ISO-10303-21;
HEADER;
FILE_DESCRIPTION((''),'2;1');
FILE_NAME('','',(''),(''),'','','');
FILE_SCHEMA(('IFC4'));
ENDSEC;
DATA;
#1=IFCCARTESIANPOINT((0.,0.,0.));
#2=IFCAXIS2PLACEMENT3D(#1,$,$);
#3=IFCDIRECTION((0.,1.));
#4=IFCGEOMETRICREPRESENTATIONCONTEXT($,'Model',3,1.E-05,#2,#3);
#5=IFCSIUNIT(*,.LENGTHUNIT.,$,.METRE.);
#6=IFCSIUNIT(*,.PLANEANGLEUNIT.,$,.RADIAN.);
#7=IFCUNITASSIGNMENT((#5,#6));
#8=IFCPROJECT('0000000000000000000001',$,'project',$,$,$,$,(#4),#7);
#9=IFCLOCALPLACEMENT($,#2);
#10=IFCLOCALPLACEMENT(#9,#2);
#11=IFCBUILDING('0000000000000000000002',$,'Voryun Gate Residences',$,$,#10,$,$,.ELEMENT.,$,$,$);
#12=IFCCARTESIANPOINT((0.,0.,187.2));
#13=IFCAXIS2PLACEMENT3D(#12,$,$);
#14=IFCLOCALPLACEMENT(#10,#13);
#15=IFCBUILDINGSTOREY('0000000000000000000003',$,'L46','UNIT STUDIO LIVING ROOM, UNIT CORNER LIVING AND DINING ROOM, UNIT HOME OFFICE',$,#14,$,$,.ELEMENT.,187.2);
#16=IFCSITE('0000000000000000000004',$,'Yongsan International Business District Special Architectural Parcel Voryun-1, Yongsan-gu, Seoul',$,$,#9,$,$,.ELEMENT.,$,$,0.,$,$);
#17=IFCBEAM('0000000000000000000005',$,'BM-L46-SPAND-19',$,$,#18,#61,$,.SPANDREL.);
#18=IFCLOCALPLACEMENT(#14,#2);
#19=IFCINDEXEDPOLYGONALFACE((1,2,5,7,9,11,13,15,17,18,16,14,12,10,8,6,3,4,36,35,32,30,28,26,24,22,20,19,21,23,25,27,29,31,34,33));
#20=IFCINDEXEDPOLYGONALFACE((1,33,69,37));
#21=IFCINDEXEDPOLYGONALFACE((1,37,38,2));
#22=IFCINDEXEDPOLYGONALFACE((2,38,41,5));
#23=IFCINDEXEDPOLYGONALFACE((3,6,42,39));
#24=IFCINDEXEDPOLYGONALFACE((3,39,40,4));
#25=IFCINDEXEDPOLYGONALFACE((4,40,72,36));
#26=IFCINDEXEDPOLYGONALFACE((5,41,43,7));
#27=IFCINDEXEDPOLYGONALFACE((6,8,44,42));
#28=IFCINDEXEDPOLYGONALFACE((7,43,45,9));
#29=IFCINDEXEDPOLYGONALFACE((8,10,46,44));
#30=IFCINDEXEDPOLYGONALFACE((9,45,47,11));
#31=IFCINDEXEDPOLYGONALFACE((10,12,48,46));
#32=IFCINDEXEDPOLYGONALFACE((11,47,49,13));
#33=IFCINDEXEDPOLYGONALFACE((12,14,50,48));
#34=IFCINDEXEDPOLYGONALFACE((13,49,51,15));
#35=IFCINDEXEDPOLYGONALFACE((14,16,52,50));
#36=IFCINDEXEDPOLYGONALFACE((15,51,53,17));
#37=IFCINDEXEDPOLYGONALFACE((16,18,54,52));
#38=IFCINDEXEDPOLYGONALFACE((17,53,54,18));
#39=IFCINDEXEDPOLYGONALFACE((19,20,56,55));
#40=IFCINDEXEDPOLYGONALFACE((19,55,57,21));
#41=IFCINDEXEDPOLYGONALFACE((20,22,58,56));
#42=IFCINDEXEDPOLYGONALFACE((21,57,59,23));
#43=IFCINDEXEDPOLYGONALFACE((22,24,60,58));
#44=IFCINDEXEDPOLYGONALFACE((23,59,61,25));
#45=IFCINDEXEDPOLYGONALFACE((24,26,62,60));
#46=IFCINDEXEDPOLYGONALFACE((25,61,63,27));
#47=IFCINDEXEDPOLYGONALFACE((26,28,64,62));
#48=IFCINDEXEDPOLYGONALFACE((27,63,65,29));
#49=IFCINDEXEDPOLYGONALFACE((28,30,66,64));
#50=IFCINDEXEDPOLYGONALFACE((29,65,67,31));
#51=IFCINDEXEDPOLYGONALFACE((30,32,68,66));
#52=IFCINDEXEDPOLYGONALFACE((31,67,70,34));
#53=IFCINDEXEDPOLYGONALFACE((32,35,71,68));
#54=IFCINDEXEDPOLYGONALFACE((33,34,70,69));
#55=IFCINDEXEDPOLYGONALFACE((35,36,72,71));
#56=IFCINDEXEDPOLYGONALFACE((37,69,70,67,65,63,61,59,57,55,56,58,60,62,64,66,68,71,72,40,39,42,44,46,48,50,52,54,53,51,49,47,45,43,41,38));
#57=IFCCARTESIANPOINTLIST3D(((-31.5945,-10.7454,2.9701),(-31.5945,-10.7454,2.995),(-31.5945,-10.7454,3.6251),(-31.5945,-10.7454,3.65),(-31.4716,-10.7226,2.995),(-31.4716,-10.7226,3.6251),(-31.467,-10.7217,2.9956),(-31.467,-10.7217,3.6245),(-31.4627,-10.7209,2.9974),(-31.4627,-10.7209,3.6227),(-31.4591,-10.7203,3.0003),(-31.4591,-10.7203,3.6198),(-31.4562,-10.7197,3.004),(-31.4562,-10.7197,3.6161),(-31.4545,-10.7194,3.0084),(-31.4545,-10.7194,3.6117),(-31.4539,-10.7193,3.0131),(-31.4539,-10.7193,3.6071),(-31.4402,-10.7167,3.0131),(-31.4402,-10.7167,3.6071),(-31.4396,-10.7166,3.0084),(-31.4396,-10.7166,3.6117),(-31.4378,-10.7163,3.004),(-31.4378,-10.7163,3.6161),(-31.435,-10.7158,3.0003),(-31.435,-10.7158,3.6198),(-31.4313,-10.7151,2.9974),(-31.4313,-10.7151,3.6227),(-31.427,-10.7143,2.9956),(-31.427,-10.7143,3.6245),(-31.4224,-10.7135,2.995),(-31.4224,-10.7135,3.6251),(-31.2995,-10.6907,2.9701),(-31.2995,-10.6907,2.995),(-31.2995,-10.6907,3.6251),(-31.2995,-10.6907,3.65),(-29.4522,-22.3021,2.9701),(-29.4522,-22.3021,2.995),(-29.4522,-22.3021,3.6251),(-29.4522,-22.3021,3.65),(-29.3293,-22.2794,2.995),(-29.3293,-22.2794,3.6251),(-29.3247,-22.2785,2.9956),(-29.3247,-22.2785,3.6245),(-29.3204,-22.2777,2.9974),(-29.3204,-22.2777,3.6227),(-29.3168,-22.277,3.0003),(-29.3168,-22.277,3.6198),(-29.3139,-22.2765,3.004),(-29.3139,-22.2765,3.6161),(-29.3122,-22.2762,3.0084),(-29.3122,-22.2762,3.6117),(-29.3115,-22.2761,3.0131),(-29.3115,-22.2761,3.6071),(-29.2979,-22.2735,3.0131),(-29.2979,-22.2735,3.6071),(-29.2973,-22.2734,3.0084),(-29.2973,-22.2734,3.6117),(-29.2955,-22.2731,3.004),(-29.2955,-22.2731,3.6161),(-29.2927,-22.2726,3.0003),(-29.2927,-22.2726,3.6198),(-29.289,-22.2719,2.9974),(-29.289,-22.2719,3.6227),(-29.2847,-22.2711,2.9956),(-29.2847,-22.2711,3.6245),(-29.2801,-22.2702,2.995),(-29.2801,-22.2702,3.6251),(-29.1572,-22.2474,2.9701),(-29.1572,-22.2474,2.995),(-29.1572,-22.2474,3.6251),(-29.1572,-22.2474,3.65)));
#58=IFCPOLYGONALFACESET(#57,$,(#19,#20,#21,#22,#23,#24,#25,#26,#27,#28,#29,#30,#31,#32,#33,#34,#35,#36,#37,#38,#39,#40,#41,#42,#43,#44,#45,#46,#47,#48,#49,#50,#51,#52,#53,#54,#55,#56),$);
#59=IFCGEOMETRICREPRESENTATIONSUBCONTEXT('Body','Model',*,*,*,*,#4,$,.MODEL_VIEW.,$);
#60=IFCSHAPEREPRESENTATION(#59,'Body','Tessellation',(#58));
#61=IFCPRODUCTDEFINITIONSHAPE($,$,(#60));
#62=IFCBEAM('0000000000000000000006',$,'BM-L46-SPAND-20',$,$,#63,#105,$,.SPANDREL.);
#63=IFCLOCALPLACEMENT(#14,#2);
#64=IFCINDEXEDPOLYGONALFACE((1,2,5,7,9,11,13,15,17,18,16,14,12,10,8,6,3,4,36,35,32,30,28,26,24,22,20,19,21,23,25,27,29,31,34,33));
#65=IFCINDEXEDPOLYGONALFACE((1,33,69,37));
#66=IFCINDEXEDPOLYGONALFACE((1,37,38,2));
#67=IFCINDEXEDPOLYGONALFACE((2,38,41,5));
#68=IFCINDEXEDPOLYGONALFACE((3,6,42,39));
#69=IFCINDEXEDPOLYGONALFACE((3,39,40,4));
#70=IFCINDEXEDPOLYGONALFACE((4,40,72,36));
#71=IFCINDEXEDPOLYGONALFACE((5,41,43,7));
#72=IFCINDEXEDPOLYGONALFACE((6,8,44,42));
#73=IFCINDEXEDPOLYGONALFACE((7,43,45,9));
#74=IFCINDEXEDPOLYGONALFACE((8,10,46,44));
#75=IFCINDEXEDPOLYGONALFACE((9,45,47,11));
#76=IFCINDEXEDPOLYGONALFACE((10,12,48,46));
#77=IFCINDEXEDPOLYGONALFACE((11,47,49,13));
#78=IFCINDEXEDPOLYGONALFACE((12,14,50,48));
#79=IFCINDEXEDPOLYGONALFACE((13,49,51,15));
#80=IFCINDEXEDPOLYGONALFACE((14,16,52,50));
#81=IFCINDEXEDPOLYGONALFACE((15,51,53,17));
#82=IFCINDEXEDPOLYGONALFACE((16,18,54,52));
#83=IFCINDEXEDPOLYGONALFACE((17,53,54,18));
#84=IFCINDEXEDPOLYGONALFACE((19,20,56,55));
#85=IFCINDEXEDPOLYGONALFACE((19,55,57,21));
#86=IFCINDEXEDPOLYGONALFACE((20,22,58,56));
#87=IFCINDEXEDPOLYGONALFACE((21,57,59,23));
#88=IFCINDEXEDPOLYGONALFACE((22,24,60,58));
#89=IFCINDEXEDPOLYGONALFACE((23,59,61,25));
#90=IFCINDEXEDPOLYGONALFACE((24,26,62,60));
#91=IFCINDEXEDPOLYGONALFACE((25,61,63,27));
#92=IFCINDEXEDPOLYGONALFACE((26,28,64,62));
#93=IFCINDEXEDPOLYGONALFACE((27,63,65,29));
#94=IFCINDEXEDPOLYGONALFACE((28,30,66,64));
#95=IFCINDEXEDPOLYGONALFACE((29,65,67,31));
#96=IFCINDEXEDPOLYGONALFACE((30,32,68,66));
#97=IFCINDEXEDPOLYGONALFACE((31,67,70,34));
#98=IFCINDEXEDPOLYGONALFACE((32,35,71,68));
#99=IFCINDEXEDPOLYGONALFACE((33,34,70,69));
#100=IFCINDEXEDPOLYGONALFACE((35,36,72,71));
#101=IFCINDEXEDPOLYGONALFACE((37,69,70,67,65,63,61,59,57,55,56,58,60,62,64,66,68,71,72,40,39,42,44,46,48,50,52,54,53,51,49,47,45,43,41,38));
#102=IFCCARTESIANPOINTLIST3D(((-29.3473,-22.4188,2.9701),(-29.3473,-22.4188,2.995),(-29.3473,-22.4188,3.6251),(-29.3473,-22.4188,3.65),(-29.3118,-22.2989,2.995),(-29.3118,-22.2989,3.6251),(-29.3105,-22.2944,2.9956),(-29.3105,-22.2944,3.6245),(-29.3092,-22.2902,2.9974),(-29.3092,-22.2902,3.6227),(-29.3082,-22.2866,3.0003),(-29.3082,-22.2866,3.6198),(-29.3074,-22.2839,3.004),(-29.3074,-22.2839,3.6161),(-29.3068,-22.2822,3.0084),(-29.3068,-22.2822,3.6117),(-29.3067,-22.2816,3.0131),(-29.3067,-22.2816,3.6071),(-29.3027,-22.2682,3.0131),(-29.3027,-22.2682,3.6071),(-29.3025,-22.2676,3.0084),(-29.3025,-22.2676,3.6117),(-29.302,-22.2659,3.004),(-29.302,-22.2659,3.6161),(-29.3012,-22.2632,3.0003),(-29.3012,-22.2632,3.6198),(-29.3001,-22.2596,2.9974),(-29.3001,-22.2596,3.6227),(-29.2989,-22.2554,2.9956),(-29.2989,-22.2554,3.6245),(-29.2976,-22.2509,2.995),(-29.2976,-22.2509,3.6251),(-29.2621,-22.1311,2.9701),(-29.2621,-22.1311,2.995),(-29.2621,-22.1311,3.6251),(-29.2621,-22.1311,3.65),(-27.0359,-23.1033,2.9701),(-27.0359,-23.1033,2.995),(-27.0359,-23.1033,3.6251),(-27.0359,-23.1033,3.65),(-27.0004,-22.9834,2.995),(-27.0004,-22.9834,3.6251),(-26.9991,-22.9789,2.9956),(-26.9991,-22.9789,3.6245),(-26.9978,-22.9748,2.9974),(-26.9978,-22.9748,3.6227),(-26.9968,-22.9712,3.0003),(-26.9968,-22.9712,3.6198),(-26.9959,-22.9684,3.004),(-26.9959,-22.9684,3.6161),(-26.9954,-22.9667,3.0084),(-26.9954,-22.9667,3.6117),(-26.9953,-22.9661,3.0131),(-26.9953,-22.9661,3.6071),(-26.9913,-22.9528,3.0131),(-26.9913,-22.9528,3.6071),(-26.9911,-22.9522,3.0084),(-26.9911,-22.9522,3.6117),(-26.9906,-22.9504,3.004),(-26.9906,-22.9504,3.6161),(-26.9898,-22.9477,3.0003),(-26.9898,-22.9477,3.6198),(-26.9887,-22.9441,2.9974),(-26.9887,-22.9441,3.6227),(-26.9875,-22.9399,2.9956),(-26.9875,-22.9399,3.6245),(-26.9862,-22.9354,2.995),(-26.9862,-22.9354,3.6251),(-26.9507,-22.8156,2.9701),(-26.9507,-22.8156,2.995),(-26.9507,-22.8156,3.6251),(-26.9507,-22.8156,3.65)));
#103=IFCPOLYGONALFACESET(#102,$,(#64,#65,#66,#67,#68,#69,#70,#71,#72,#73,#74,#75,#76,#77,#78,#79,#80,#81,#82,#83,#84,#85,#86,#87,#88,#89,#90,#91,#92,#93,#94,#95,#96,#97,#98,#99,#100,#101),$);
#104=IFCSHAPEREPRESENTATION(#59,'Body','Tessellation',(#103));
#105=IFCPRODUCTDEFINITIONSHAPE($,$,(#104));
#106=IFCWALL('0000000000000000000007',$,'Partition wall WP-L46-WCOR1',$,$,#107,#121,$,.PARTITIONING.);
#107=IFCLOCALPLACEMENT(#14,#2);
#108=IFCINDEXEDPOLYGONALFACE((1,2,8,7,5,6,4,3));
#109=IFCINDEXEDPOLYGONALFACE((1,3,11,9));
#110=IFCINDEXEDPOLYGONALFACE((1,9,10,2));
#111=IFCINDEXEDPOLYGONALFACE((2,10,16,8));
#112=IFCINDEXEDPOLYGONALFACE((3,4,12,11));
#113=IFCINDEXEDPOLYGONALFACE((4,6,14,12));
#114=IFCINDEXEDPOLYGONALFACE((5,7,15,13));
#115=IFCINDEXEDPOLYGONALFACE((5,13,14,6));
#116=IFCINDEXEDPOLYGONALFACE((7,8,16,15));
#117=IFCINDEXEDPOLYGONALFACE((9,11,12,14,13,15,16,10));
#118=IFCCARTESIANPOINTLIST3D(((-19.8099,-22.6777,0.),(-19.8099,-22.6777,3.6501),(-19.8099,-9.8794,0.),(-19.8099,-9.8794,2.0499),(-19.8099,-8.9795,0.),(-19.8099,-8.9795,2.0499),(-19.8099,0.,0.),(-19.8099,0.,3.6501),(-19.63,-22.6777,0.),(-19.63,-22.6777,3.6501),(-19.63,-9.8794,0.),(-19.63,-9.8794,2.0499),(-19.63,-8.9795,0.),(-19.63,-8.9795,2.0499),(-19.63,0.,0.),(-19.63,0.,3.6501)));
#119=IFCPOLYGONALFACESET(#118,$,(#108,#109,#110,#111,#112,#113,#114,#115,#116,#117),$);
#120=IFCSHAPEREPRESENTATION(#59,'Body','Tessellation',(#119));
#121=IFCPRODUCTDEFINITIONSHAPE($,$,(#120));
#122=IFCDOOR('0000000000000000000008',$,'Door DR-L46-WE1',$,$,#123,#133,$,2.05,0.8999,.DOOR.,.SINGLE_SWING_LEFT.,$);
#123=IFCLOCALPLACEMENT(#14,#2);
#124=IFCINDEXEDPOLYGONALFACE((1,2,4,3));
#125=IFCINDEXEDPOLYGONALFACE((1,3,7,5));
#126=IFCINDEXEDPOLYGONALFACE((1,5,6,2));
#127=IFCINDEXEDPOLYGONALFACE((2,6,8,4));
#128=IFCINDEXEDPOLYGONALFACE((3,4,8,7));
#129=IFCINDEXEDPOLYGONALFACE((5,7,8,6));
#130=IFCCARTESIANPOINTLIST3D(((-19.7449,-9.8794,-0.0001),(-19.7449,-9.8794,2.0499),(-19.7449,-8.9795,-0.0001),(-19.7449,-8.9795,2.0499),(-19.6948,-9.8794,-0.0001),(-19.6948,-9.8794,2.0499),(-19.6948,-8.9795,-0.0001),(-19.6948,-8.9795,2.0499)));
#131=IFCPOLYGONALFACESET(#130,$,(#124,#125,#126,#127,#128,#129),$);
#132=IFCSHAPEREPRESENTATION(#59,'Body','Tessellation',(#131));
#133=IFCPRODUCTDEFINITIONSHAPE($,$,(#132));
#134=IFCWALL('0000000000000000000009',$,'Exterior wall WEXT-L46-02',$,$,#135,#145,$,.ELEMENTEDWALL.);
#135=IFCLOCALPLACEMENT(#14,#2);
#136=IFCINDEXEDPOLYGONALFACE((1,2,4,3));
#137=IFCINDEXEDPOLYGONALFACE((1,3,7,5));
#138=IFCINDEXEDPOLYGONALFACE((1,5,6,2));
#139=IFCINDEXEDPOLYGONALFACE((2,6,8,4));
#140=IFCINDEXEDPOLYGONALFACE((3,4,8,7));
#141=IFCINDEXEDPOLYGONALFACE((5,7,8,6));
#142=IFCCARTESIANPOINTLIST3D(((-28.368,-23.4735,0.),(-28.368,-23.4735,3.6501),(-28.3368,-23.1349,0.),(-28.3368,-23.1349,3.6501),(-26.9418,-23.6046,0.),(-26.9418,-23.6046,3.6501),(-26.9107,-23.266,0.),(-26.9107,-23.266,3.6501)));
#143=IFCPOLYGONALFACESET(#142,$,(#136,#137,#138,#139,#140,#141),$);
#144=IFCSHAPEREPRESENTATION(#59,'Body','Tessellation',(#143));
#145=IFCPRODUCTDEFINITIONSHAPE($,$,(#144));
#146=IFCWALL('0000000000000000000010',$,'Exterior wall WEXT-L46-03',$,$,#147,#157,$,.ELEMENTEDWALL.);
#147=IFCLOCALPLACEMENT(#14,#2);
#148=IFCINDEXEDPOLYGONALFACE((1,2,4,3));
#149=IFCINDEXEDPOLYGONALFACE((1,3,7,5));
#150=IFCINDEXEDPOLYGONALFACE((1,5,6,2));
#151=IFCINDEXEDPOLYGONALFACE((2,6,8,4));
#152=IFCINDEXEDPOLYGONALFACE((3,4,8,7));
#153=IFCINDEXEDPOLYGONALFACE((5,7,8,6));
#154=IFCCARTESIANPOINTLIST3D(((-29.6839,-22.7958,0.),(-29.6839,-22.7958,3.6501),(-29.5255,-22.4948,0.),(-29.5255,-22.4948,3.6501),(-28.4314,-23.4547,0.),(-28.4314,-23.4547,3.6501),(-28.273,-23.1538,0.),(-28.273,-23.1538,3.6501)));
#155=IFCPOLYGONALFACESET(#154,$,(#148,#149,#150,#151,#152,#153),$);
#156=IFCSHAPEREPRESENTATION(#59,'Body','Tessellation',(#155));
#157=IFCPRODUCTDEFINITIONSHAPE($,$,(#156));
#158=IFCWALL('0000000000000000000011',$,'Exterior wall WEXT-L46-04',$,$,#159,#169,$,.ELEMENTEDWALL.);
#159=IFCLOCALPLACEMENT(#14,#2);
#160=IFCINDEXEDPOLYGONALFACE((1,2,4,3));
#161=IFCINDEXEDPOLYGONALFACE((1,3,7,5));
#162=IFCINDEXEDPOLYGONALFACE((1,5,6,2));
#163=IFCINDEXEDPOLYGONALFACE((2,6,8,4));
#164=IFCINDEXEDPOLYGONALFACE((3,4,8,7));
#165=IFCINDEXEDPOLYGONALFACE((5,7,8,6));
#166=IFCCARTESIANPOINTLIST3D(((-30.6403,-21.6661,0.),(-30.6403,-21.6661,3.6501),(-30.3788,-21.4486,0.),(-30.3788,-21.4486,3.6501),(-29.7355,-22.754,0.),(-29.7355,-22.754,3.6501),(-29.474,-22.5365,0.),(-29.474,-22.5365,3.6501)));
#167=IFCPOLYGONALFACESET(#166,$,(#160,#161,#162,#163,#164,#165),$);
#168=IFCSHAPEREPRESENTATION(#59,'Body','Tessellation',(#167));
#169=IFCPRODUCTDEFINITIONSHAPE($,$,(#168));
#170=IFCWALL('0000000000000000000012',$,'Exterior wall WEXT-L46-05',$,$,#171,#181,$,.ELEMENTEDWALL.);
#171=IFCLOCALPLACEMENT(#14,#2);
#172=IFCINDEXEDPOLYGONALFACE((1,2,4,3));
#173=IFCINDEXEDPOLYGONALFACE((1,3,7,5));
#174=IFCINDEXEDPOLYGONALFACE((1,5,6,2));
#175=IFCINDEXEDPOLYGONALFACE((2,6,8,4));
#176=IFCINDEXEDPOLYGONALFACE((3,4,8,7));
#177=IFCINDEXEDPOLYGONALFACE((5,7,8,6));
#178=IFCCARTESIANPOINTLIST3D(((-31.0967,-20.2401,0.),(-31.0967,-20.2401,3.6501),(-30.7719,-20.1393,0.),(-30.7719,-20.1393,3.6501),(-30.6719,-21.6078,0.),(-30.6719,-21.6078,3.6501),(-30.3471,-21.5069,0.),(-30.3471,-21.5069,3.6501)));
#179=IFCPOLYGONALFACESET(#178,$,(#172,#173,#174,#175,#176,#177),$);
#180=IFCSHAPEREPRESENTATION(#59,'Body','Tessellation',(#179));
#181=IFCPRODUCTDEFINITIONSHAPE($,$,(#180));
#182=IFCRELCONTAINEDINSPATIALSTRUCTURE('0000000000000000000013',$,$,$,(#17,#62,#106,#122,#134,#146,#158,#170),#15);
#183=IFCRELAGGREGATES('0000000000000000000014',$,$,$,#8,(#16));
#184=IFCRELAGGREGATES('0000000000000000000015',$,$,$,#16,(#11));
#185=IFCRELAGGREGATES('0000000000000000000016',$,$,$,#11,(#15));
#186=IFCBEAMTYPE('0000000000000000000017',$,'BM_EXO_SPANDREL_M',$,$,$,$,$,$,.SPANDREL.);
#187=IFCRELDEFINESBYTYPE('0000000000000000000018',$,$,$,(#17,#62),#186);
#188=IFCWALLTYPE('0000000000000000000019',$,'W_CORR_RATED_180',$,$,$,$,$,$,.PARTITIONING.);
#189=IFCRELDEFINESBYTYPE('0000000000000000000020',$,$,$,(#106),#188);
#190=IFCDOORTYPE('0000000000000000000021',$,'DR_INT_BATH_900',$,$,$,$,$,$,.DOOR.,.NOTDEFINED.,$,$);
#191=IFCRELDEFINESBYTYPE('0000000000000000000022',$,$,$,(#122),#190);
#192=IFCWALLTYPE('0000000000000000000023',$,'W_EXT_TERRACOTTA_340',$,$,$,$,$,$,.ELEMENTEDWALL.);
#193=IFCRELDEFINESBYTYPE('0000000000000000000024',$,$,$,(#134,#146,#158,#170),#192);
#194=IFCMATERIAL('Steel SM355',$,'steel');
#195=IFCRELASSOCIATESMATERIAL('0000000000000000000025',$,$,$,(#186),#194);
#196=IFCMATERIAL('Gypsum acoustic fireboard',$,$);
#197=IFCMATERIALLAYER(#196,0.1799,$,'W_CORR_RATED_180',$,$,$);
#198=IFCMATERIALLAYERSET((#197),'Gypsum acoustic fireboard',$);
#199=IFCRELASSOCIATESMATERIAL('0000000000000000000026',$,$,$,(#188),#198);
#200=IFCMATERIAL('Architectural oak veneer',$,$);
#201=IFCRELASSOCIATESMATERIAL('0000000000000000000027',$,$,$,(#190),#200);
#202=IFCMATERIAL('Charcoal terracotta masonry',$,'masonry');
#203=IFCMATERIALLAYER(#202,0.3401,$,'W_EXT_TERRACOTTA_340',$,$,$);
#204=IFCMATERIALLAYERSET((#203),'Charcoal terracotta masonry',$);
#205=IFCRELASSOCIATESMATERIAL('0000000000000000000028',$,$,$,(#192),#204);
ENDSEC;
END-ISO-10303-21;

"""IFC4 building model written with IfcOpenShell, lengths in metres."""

from ifc_helpers import new_model, si_unit, direction, frame, frame_2d, origin, origin_2d, place, context, subcontext, project, spatial, rectangle, i_section, extrude, material, layer, layer_set, material_profile, profile_set, type_object, element, fill, save


model = new_model("IFC4")

# Units and contexts
model_context = context("Model", 3, precision=1e-05, world=origin(), true_north=direction((0.0, 1.0)))
body_context = subcontext(model_context, "Body", "Model", "MODEL_VIEW")
ifc_project = project(units=[si_unit("LENGTHUNIT", "METRE"), si_unit("PLANEANGLEUNIT", "RADIAN")], contexts=[model_context])

# Site, building, storey
site_placement = place(None, origin())
site = spatial("IfcSite", under=ifc_project, at=site_placement, Name="Yongsan International Business District Special Architectural Parcel Voryun-1, Yongsan-gu, Seoul", CompositionType="ELEMENT", RefElevation=0.0)
building_placement = place(site_placement, origin())
building = spatial("IfcBuilding", under=site, at=building_placement, Name="Voryun Gate Residences", CompositionType="ELEMENT")
storey_placement = place(building_placement, frame((0.0, 0.0, 187.2)))
storey = spatial("IfcBuildingStorey", under=building, at=storey_placement, Name="L46", Description="UNIT STUDIO LIVING ROOM, UNIT CORNER LIVING AND DINING ROOM, UNIT HOME OFFICE", CompositionType="ELEMENT", Elevation=187.2)

# Beams
ifc_material_1 = material(Name="Steel SM355", Category="steel")
ifc_material_profile_1 = material_profile(ifc_material_1, i_section(OverallWidth=0.3, OverallDepth=0.6799, WebThickness=0.0139, FlangeThickness=0.0249, FilletRadius=0.0181, at=origin_2d()), Name="H-680x300x14x25")
ifc_profile_set_1 = profile_set([ifc_material_profile_1], Name="Steel SM355")
beam_type = type_object("IfcBeamType", Name="BM_EXO_SPANDREL_M", PredefinedType="SPANDREL", material=ifc_profile_set_1)
beam_1_placement = place(storey_placement, frame((-31.447, -10.718, 3.3101), z_axis=(0.182268, -0.983249, 0.0), x_axis=(0.983249, 0.182268, 0.0)))
element("IfcBeam", 1, at=beam_1_placement, inside=storey, type_object=beam_type, Name="BM-L46-SPAND-19", PredefinedType="SPANDREL", context=body_context, shape_type="SweptSolid", body=[
    extrude(i_section(OverallWidth=0.3, OverallDepth=0.6799, WebThickness=0.0139, FlangeThickness=0.0249, FilletRadius=0.0181, at=origin_2d()), origin(), (0.0, 0.0, 1.0), 11.7537),
])
beam_2_placement = place(storey_placement, frame((-29.3047, -22.2749, 3.3101), z_axis=(0.958835, -0.283964, 0.0), x_axis=(0.283964, 0.958835, 0.0)))
element("IfcBeam", 2, at=beam_2_placement, inside=storey, type_object=beam_type, Name="BM-L46-SPAND-20", PredefinedType="SPANDREL", context=body_context, shape_type="SweptSolid", body=[
    extrude(i_section(OverallWidth=0.3, OverallDepth=0.6799, WebThickness=0.0139, FlangeThickness=0.0249, FilletRadius=0.0181, at=origin_2d()), origin(), (0.0, 0.0, 1.0), 2.4106),
])

# Wall, opening, door
ifc_material_2 = material(Name="Gypsum acoustic fireboard")
ifc_layer_1 = layer(ifc_material_2, 0.1799, Name="W_CORR_RATED_180")
ifc_layer_set_1 = layer_set([ifc_layer_1], Name="Gypsum acoustic fireboard")
wall_type_1 = type_object("IfcWallType", Name="W_CORR_RATED_180", PredefinedType="PARTITIONING", material=ifc_layer_set_1)
wall_1_placement = place(storey_placement, frame((-19.72, -22.6777, 0.0), z_axis=(0.0, 0.0, 1.0), x_axis=(0.0, 1.0, 0.0)))
wall_1 = element("IfcWall", 3, at=wall_1_placement, inside=storey, type_object=wall_type_1, Name="Partition wall WP-L46-WCOR1", PredefinedType="PARTITIONING", context=body_context, shape_type="SweptSolid", body=[
    extrude(rectangle(XDim=22.6777, YDim=0.1799, at=frame_2d((11.3389, 0.0))), origin(), (0.0, 0.0, 1.0), 3.6501),
])
opening_1_placement = place(wall_1_placement, frame((12.7983, 0.0, 0.0)))
opening_1 = element("IfcOpeningElement", 4, at=opening_1_placement, cuts=wall_1, PredefinedType="OPENING", context=body_context, shape_type="SweptSolid", body=[
    extrude(rectangle(XDim=0.8999, YDim=2.05, at=frame_2d((0.45, 1.0249))), frame((0.0, 0.0999, 0.0), z_axis=(0.0, -1.0, 0.0), x_axis=(1.0, 0.0, 0.0)), (0.0, 0.0, 1.0), 0.2),
])
ifc_material_3 = material(Name="Architectural oak veneer")
door_type_1 = type_object("IfcDoorType", Name="DR_INT_BATH_900", OperationType="NOTDEFINED", PredefinedType="DOOR", material=ifc_material_3)
door_1_placement = place(opening_1_placement, origin())
door_1 = element("IfcDoor", 5, at=door_1_placement, inside=storey, type_object=door_type_1, Name="Door DR-L46-WE1", OperationType="SINGLE_SWING_LEFT", OverallHeight=2.05, OverallWidth=0.8999, PredefinedType="DOOR", context=body_context, shape_type="SweptSolid", body=[
    extrude(rectangle(XDim=0.8999, YDim=2.05, at=frame_2d((0.45, 1.0249))), frame((0.0, 0.0249, 0.0), z_axis=(0.0, -1.0, 0.0), x_axis=(1.0, 0.0, 0.0)), (0.0, 0.0, 1.0), 0.05),
])
fill(opening_1, door_1)

# Walls
ifc_material_4 = material(Name="Charcoal terracotta masonry", Category="masonry")
ifc_layer_2 = layer(ifc_material_4, 0.3401, Name="W_EXT_TERRACOTTA_340")
ifc_layer_set_2 = layer_set([ifc_layer_2], Name="Charcoal terracotta masonry")
wall_type_2 = type_object("IfcWallType", Name="W_EXT_TERRACOTTA_340", PredefinedType="ELEMENTEDWALL", material=ifc_layer_set_2)
wall_2_placement = place(storey_placement, frame((-26.9263, -23.4353, 0.0), z_axis=(0.0, 0.0, 1.0), x_axis=(-0.9958, 0.09155, 0.0)))
element("IfcWall", 6, at=wall_2_placement, inside=storey, type_object=wall_type_2, Name="Exterior wall WEXT-L46-02", PredefinedType="ELEMENTEDWALL", context=body_context, shape_type="SweptSolid", body=[
    extrude(rectangle(XDim=1.4321, YDim=0.3401, at=frame_2d((0.7161, 0.0))), origin(), (0.0, 0.0, 1.0), 3.6501),
])
wall_3_placement = place(storey_placement, frame((-28.3523, -23.3042, 0.0), z_axis=(0.0, 0.0, 1.0), x_axis=(-0.884989, 0.465611, 0.0)))
element("IfcWall", 7, at=wall_3_placement, inside=storey, type_object=wall_type_2, Name="Exterior wall WEXT-L46-03", PredefinedType="ELEMENTEDWALL", context=body_context, shape_type="SweptSolid", body=[
    extrude(rectangle(XDim=1.4153, YDim=0.3401, at=frame_2d((0.7075, 0.0))), origin(), (0.0, 0.0, 1.0), 3.6501),
])
wall_4_placement = place(storey_placement, frame((-29.6047, -22.6453, 0.0), z_axis=(0.0, 0.0, 1.0), x_axis=(-0.639437, 0.768843, 0.0)))
element("IfcWall", 8, at=wall_4_placement, inside=storey, type_object=wall_type_2, Name="Exterior wall WEXT-L46-04", PredefinedType="ELEMENTEDWALL", context=body_context, shape_type="SweptSolid", body=[
    extrude(rectangle(XDim=1.415, YDim=0.3401, at=frame_2d((0.7075, 0.0))), origin(), (0.0, 0.0, 1.0), 3.6501),
])
wall_5_placement = place(storey_placement, frame((-30.5095, -21.5574, 0.0), z_axis=(0.0, 0.0, 1.0), x_axis=(-0.296624, 0.954994, 0.0)))
element("IfcWall", 9, at=wall_5_placement, inside=storey, type_object=wall_type_2, Name="Exterior wall WEXT-L46-05", PredefinedType="ELEMENTEDWALL", context=body_context, shape_type="SweptSolid", body=[
    extrude(rectangle(XDim=1.4321, YDim=0.3401, at=frame_2d((0.7161, 0.0))), origin(), (0.0, 0.0, 1.0), 3.6501),
])

save(model, "model.ifc")
